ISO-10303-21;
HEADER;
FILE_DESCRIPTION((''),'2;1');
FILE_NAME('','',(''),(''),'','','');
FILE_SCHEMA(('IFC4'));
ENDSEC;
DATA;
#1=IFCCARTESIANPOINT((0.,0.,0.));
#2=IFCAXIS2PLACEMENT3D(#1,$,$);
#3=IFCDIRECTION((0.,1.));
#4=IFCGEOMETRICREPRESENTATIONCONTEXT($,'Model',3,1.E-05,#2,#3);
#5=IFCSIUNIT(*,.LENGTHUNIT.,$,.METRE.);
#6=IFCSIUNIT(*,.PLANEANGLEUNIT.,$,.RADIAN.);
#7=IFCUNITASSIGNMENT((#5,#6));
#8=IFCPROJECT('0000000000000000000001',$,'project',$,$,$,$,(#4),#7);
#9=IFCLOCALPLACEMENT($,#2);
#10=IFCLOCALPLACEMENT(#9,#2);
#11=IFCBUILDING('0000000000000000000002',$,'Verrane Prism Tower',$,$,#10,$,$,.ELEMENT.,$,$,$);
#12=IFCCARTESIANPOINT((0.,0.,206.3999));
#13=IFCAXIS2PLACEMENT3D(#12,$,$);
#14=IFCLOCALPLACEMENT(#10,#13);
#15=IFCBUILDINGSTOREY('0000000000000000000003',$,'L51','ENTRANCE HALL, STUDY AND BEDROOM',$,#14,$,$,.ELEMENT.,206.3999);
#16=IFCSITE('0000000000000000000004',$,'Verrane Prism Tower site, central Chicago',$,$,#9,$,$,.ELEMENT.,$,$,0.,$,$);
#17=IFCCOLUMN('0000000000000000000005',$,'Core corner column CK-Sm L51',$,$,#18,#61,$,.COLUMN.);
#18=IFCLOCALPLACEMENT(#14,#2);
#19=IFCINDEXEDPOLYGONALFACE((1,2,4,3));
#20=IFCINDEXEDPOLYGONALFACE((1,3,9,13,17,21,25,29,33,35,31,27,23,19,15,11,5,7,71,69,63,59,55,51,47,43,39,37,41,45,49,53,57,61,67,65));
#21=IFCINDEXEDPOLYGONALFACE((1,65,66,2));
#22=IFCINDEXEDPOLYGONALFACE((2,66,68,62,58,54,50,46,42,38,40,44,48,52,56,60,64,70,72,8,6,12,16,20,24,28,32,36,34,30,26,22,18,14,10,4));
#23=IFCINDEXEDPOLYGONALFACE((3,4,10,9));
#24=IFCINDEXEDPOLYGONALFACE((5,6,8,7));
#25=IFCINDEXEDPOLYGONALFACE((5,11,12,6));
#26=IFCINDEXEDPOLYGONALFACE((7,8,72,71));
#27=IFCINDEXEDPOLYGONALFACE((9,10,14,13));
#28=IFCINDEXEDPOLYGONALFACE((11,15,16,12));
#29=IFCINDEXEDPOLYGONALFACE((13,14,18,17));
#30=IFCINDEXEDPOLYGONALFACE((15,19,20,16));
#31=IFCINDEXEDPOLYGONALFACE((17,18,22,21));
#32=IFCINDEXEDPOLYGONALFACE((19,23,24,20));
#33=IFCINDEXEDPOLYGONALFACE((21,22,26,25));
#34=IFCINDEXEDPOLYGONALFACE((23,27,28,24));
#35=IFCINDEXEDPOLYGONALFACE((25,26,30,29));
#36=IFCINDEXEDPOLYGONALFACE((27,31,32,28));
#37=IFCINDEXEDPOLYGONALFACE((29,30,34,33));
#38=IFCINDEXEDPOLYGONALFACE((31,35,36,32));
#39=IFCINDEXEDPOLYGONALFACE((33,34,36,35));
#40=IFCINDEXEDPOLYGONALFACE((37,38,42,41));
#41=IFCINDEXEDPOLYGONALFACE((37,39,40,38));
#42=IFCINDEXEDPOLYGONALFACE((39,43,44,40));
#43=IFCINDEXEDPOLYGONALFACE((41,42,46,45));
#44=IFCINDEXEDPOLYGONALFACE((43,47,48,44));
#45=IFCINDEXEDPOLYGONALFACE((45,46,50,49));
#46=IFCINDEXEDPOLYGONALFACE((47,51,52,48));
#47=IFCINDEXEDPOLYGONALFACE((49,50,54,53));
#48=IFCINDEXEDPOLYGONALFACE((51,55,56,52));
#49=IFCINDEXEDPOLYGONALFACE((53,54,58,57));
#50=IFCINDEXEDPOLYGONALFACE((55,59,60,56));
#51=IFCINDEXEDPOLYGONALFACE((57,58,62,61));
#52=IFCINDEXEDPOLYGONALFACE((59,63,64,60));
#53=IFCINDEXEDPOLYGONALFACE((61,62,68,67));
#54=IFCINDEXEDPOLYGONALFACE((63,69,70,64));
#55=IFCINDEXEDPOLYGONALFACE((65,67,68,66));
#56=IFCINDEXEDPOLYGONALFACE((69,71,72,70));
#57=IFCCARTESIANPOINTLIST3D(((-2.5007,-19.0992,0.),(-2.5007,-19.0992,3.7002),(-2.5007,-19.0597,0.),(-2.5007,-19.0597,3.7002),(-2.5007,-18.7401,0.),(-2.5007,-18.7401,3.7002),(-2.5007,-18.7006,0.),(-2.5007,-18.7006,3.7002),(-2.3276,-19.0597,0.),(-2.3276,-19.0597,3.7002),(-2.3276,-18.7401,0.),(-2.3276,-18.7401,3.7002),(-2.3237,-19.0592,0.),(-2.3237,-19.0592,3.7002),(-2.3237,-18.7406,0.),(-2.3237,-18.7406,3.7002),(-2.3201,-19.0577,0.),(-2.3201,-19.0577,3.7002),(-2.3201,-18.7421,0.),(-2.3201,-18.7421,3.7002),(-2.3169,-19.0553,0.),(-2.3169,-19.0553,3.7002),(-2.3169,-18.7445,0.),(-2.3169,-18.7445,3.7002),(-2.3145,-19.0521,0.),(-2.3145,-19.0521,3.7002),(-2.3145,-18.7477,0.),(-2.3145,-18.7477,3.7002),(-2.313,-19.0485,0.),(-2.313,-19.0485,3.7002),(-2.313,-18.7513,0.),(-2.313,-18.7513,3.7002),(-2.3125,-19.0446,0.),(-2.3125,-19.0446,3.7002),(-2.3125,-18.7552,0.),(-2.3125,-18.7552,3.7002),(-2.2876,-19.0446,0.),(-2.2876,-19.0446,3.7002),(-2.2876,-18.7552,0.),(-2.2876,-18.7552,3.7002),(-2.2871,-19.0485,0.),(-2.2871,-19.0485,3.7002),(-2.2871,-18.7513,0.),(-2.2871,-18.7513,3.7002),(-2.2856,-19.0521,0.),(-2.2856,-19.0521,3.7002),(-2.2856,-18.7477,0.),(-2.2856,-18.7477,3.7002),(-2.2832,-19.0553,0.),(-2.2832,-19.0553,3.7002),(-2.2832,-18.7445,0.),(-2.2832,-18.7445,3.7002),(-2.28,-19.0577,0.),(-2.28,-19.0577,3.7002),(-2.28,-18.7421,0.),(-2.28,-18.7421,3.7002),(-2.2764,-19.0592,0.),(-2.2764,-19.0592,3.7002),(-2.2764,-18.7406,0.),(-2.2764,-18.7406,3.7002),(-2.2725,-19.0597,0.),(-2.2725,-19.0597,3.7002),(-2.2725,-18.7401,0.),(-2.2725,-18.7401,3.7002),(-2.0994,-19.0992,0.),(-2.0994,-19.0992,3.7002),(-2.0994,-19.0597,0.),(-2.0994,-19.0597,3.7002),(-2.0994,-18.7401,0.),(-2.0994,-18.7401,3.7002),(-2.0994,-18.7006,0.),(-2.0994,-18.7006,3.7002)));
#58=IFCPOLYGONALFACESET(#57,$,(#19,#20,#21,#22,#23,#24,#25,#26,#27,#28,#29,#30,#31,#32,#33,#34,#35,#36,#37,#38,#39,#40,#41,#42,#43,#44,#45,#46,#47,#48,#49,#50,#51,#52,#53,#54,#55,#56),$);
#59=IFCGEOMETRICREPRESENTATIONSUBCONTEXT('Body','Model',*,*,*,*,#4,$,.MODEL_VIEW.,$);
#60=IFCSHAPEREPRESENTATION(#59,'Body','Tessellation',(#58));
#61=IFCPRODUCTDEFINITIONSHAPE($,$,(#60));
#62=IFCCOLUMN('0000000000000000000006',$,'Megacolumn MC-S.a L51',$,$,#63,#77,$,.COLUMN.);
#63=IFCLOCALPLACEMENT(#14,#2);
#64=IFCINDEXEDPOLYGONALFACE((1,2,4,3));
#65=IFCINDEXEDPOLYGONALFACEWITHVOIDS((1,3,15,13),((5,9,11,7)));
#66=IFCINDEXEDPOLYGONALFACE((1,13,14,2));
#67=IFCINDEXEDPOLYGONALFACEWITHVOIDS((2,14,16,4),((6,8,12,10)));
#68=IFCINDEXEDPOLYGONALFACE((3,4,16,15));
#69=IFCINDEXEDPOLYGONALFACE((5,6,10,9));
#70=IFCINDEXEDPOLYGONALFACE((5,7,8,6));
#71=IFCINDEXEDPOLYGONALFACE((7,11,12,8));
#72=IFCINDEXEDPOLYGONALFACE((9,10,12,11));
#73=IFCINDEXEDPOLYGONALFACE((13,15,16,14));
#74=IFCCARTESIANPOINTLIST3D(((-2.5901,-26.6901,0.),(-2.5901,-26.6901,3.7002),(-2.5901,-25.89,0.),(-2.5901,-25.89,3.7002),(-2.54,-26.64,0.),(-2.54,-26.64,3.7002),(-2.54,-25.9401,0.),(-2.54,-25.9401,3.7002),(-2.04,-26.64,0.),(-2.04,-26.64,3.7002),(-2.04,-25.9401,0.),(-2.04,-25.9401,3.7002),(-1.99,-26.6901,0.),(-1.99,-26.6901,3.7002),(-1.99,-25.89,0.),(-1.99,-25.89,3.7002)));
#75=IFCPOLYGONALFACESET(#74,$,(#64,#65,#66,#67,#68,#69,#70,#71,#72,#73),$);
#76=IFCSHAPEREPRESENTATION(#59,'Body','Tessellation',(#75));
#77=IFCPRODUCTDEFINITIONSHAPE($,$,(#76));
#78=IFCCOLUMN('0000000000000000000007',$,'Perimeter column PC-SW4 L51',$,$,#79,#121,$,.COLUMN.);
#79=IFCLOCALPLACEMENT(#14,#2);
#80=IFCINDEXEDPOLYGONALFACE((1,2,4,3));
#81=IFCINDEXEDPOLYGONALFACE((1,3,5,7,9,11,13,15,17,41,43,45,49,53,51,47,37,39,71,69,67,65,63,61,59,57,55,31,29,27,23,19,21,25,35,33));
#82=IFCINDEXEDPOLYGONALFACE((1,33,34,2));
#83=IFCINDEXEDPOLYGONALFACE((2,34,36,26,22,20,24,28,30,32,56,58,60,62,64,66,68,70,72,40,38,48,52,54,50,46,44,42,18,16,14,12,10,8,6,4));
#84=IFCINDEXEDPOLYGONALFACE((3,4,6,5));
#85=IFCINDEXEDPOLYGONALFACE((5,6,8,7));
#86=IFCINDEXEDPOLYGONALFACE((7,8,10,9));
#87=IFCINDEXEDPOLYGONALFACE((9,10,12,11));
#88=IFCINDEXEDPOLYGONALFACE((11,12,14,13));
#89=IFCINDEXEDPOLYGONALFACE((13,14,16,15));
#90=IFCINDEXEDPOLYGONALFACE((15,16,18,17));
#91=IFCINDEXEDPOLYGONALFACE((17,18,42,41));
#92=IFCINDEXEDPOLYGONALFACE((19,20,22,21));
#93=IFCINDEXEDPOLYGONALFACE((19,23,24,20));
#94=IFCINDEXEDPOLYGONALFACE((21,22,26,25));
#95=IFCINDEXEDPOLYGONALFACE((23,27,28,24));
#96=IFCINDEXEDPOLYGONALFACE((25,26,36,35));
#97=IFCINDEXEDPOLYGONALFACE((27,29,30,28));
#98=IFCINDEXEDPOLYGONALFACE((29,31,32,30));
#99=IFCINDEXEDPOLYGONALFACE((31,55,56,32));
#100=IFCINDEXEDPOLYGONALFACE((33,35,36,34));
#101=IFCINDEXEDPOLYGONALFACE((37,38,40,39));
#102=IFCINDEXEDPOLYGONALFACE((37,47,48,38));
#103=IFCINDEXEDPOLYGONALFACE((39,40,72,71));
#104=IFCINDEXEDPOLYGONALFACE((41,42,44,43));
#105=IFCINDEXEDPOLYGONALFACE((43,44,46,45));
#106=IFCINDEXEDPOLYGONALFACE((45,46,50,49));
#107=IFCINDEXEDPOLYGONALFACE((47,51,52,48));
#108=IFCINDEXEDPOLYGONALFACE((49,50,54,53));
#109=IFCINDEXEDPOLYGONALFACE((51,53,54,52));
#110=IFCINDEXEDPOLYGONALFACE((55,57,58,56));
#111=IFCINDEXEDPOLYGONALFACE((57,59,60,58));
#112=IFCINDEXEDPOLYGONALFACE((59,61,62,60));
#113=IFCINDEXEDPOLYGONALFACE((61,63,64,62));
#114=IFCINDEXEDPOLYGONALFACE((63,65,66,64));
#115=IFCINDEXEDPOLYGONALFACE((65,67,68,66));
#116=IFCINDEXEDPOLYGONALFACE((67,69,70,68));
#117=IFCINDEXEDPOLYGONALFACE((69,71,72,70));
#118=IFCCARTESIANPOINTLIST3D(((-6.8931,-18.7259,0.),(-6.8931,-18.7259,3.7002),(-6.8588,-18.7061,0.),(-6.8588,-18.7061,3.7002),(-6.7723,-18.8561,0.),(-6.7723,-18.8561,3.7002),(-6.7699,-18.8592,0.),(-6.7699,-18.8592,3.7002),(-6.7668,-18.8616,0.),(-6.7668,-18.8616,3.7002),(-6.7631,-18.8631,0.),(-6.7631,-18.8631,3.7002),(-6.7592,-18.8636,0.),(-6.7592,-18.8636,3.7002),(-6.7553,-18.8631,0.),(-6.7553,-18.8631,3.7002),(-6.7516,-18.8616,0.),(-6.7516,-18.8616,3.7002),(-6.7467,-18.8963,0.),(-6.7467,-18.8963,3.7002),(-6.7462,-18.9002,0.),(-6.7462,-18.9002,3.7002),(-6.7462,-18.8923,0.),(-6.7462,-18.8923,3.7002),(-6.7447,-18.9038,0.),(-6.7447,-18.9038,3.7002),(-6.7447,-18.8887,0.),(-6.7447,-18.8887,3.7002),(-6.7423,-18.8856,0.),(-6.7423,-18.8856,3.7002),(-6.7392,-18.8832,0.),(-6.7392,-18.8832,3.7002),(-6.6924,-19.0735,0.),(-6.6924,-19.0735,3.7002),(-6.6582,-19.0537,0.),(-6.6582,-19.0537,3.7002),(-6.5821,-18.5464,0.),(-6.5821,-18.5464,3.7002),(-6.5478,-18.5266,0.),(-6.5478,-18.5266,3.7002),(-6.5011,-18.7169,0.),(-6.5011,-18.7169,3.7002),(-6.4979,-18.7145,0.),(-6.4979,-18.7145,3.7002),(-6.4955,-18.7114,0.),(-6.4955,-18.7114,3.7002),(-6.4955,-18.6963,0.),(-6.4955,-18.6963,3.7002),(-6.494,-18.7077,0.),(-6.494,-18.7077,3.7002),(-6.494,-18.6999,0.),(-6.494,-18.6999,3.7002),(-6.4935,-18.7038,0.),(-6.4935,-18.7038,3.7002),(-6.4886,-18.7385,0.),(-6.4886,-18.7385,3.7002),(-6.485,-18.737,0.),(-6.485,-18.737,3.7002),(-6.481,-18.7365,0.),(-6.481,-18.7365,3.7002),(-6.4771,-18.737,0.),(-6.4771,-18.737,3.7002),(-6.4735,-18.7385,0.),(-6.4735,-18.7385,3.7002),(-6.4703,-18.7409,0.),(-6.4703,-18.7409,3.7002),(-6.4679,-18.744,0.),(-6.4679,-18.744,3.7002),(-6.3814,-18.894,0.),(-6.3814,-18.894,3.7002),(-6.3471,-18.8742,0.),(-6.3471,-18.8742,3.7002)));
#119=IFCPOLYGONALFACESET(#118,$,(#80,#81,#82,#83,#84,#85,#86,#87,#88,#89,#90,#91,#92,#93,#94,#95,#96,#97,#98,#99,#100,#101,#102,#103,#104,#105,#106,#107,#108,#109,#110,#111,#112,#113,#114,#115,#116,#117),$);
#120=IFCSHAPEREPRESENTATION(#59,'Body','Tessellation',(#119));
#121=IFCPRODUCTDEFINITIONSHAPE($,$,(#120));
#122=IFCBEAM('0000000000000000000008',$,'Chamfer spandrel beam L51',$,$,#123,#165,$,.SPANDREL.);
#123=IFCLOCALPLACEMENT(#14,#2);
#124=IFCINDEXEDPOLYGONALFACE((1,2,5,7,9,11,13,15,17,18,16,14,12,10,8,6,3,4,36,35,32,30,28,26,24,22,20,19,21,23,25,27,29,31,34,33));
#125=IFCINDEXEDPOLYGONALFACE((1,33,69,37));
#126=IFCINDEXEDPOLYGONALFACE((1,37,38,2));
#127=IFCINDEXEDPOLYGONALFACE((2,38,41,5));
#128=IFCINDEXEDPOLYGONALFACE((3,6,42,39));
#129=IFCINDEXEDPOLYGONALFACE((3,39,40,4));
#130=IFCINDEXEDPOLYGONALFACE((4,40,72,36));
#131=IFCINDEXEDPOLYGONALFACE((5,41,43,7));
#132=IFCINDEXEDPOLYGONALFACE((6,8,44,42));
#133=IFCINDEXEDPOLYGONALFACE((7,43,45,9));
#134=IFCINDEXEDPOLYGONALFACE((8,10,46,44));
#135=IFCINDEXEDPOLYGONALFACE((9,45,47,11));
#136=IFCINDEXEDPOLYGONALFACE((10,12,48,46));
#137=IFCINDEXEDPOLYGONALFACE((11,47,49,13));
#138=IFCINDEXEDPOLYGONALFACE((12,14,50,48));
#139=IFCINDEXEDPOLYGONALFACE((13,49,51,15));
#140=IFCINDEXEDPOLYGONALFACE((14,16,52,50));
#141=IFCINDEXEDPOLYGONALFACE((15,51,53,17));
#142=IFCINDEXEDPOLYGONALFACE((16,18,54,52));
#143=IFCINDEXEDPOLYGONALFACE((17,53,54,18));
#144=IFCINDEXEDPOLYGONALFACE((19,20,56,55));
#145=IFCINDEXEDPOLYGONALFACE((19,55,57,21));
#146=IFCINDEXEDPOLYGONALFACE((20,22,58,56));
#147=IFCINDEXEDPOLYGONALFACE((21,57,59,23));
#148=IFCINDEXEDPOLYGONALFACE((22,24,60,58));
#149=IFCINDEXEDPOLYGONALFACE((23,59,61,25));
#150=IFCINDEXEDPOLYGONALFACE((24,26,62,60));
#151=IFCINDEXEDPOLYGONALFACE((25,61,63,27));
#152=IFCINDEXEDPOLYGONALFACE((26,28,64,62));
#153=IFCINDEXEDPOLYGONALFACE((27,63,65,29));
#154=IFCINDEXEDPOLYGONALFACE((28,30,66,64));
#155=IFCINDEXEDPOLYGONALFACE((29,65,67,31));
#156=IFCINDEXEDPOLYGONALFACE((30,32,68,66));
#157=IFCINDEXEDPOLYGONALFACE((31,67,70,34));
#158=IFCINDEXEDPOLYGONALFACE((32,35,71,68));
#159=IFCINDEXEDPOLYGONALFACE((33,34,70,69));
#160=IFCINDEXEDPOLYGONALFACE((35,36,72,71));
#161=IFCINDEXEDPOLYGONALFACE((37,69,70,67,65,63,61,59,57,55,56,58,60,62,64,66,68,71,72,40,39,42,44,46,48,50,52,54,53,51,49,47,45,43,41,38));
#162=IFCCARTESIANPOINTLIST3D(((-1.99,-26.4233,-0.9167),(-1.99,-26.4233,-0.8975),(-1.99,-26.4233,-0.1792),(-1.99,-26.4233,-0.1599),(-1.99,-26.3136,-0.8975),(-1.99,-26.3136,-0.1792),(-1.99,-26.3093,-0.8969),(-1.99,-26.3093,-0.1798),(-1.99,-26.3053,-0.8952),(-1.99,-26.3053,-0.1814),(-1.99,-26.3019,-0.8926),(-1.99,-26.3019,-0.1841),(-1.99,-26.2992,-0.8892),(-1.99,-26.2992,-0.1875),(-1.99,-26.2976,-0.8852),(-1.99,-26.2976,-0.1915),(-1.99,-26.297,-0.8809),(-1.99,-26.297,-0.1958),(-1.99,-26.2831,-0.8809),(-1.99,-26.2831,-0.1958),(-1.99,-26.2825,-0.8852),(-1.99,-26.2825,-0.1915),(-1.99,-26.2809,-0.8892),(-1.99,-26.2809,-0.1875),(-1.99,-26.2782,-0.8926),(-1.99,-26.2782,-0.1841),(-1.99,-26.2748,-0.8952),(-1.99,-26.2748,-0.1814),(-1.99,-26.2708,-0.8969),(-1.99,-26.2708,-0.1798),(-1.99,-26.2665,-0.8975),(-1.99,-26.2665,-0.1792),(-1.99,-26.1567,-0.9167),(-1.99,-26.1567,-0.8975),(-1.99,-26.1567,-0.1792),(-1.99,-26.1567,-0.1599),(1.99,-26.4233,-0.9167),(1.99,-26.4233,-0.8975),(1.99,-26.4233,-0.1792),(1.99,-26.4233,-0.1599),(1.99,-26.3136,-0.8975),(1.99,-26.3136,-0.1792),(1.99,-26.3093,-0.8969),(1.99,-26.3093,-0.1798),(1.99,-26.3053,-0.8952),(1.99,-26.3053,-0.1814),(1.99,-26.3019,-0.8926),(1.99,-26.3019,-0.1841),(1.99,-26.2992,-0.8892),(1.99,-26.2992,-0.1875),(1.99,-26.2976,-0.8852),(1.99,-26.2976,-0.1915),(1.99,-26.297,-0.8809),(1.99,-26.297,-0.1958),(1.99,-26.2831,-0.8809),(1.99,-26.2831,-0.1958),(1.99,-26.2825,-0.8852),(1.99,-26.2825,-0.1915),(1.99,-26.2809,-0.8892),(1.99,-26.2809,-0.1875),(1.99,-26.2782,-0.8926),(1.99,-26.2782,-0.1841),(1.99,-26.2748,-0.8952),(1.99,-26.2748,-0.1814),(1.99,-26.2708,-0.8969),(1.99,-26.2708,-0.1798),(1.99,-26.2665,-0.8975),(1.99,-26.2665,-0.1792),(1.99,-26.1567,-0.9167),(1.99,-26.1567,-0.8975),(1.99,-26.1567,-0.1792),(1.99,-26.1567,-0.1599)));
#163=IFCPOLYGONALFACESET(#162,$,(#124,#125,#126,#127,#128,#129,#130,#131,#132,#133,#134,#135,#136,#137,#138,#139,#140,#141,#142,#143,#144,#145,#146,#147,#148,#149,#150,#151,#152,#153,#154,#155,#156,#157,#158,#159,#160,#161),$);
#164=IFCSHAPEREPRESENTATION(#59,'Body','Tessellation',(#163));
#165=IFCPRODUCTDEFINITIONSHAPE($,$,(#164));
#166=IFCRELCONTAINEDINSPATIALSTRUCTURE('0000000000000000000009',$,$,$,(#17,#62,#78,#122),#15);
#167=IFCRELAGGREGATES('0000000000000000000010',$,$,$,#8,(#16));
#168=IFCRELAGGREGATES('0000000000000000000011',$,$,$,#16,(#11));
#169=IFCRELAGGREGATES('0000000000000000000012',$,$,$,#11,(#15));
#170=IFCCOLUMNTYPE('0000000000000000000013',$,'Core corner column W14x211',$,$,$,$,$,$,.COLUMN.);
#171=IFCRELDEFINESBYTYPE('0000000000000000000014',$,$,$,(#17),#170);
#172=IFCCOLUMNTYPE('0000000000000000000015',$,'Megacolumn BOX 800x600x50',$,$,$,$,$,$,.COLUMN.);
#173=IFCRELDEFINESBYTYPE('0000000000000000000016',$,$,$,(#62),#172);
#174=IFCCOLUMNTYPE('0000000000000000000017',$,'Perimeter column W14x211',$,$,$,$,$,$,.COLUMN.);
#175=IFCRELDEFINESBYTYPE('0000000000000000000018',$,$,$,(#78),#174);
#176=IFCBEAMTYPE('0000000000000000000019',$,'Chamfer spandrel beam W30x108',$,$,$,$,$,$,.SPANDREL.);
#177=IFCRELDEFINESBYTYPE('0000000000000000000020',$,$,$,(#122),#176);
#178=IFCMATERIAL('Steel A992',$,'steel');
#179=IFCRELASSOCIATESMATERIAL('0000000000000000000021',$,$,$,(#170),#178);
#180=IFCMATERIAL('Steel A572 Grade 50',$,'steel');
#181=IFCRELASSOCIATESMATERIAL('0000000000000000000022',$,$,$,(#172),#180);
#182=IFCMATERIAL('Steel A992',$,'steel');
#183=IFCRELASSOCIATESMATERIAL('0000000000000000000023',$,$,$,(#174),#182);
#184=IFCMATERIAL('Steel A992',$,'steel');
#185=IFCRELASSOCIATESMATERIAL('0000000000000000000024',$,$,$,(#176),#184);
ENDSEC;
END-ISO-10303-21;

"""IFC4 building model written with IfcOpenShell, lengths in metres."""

from ifc_helpers import new_model, si_unit, direction, frame, origin, origin_2d, place, context, subcontext, project, spatial, hollow_rectangle, i_section, extrude, material, material_profile, profile_set, type_object, element, save


model = new_model("IFC4")

# Units and contexts
model_context = context("Model", 3, precision=1e-05, world=origin(), true_north=direction((0.0, 1.0)))
body_context = subcontext(model_context, "Body", "Model", "MODEL_VIEW")
ifc_project = project(units=[si_unit("LENGTHUNIT", "METRE"), si_unit("PLANEANGLEUNIT", "RADIAN")], contexts=[model_context])

# Site, building, storey
site_placement = place(None, origin())
site = spatial("IfcSite", under=ifc_project, at=site_placement, Name="Verrane Prism Tower site, central Chicago", CompositionType="ELEMENT", RefElevation=0.0)
building_placement = place(site_placement, origin())
building = spatial("IfcBuilding", under=site, at=building_placement, Name="Verrane Prism Tower", CompositionType="ELEMENT")
storey_placement = place(building_placement, frame((0.0, 0.0, 206.3999)))
storey = spatial("IfcBuildingStorey", under=building, at=storey_placement, Name="L51", Description="ENTRANCE HALL, STUDY AND BEDROOM", CompositionType="ELEMENT", Elevation=206.3999)

# Columns
ifc_material_1 = material(Name="Steel A992", Category="steel")
ifc_material_profile_1 = material_profile(ifc_material_1, i_section(OverallWidth=0.4014, OverallDepth=0.3987, WebThickness=0.0249, FlangeThickness=0.0396, FilletRadius=0.0151, at=origin_2d()), Name="W14x211")
ifc_profile_set_1 = profile_set([ifc_material_profile_1], Name="Steel A992")
column_type_1 = type_object("IfcColumnType", Name="Core corner column W14x211", PredefinedType="COLUMN", material=ifc_profile_set_1)
column_1_placement = place(storey_placement, frame((-2.3, -18.8999, 0.0), z_axis=(0.0, 0.0, 1.0), x_axis=(-1.0, 0.0, 0.0)))
element("IfcColumn", 1, at=column_1_placement, inside=storey, type_object=column_type_1, Name="Core corner column CK-Sm L51", PredefinedType="COLUMN", context=body_context, shape_type="SweptSolid", body=[
    extrude(i_section(OverallWidth=0.4014, OverallDepth=0.3987, WebThickness=0.0249, FlangeThickness=0.0396, FilletRadius=0.0151, at=origin_2d()), origin(), (0.0, 0.0, 1.0), 3.7002),
])
ifc_material_2 = material(Name="Steel A572 Grade 50", Category="steel")
ifc_material_profile_2 = material_profile(ifc_material_2, hollow_rectangle(XDim=0.6001, YDim=0.8, WallThickness=0.05, at=origin_2d()), Name="BOX 800x600x50")
ifc_profile_set_2 = profile_set([ifc_material_profile_2], Name="Steel A572 Grade 50")
column_type_2 = type_object("IfcColumnType", Name="Megacolumn BOX 800x600x50", PredefinedType="COLUMN", material=ifc_profile_set_2)
column_2_placement = place(storey_placement, frame((-2.29, -26.29, 0.0), z_axis=(0.0, 0.0, 1.0), x_axis=(-1.0, 0.0, 0.0)))
element("IfcColumn", 2, at=column_2_placement, inside=storey, type_object=column_type_2, Name="Megacolumn MC-S.a L51", PredefinedType="COLUMN", context=body_context, shape_type="SweptSolid", body=[
    extrude(hollow_rectangle(XDim=0.6001, YDim=0.8, WallThickness=0.05, at=origin_2d()), origin(), (0.0, 0.0, 1.0), 3.7002),
])
ifc_material_3 = material(Name="Steel A992", Category="steel")
ifc_material_profile_3 = material_profile(ifc_material_3, i_section(OverallWidth=0.4014, OverallDepth=0.3987, WebThickness=0.0249, FlangeThickness=0.0396, FilletRadius=0.0151, at=origin_2d()), Name="W14x211")
ifc_profile_set_3 = profile_set([ifc_material_profile_3], Name="Steel A992")
column_type_3 = type_object("IfcColumnType", Name="Perimeter column W14x211", PredefinedType="COLUMN", material=ifc_profile_set_3)
column_3_placement = place(storey_placement, frame((-6.6201, -18.8, 0.0), z_axis=(0.0, 0.0, 1.0), x_axis=(-0.5, 0.866025, 0.0)))
element("IfcColumn", 3, at=column_3_placement, inside=storey, type_object=column_type_3, Name="Perimeter column PC-SW4 L51", PredefinedType="COLUMN", context=body_context, shape_type="SweptSolid", body=[
    extrude(i_section(OverallWidth=0.4014, OverallDepth=0.3987, WebThickness=0.0249, FlangeThickness=0.0396, FilletRadius=0.0151, at=origin_2d()), origin(), (0.0, 0.0, 1.0), 3.7002),
])

# Beam
ifc_material_4 = material(Name="Steel A992", Category="steel")
ifc_material_profile_4 = material_profile(ifc_material_4, i_section(OverallWidth=0.2666, OverallDepth=0.7568, WebThickness=0.0139, FlangeThickness=0.0193, FilletRadius=0.0166, at=origin_2d()), Name="W30x108")
ifc_profile_set_4 = profile_set([ifc_material_profile_4], Name="Steel A992")
beam_type_1 = type_object("IfcBeamType", Name="Chamfer spandrel beam W30x108", PredefinedType="SPANDREL", material=ifc_profile_set_4)
beam_1_placement = place(storey_placement, frame((-1.99, -26.29, -0.5383), z_axis=(1.0, 0.0, 0.0), x_axis=(0.0, 1.0, 0.0)))
element("IfcBeam", 4, at=beam_1_placement, inside=storey, type_object=beam_type_1, Name="Chamfer spandrel beam L51", PredefinedType="SPANDREL", context=body_context, shape_type="SweptSolid", body=[
    extrude(i_section(OverallWidth=0.2666, OverallDepth=0.7568, WebThickness=0.0139, FlangeThickness=0.0193, FilletRadius=0.0166, at=origin_2d()), origin(), (0.0, 0.0, 1.0), 3.98),
])

save(model, "model.ifc")
